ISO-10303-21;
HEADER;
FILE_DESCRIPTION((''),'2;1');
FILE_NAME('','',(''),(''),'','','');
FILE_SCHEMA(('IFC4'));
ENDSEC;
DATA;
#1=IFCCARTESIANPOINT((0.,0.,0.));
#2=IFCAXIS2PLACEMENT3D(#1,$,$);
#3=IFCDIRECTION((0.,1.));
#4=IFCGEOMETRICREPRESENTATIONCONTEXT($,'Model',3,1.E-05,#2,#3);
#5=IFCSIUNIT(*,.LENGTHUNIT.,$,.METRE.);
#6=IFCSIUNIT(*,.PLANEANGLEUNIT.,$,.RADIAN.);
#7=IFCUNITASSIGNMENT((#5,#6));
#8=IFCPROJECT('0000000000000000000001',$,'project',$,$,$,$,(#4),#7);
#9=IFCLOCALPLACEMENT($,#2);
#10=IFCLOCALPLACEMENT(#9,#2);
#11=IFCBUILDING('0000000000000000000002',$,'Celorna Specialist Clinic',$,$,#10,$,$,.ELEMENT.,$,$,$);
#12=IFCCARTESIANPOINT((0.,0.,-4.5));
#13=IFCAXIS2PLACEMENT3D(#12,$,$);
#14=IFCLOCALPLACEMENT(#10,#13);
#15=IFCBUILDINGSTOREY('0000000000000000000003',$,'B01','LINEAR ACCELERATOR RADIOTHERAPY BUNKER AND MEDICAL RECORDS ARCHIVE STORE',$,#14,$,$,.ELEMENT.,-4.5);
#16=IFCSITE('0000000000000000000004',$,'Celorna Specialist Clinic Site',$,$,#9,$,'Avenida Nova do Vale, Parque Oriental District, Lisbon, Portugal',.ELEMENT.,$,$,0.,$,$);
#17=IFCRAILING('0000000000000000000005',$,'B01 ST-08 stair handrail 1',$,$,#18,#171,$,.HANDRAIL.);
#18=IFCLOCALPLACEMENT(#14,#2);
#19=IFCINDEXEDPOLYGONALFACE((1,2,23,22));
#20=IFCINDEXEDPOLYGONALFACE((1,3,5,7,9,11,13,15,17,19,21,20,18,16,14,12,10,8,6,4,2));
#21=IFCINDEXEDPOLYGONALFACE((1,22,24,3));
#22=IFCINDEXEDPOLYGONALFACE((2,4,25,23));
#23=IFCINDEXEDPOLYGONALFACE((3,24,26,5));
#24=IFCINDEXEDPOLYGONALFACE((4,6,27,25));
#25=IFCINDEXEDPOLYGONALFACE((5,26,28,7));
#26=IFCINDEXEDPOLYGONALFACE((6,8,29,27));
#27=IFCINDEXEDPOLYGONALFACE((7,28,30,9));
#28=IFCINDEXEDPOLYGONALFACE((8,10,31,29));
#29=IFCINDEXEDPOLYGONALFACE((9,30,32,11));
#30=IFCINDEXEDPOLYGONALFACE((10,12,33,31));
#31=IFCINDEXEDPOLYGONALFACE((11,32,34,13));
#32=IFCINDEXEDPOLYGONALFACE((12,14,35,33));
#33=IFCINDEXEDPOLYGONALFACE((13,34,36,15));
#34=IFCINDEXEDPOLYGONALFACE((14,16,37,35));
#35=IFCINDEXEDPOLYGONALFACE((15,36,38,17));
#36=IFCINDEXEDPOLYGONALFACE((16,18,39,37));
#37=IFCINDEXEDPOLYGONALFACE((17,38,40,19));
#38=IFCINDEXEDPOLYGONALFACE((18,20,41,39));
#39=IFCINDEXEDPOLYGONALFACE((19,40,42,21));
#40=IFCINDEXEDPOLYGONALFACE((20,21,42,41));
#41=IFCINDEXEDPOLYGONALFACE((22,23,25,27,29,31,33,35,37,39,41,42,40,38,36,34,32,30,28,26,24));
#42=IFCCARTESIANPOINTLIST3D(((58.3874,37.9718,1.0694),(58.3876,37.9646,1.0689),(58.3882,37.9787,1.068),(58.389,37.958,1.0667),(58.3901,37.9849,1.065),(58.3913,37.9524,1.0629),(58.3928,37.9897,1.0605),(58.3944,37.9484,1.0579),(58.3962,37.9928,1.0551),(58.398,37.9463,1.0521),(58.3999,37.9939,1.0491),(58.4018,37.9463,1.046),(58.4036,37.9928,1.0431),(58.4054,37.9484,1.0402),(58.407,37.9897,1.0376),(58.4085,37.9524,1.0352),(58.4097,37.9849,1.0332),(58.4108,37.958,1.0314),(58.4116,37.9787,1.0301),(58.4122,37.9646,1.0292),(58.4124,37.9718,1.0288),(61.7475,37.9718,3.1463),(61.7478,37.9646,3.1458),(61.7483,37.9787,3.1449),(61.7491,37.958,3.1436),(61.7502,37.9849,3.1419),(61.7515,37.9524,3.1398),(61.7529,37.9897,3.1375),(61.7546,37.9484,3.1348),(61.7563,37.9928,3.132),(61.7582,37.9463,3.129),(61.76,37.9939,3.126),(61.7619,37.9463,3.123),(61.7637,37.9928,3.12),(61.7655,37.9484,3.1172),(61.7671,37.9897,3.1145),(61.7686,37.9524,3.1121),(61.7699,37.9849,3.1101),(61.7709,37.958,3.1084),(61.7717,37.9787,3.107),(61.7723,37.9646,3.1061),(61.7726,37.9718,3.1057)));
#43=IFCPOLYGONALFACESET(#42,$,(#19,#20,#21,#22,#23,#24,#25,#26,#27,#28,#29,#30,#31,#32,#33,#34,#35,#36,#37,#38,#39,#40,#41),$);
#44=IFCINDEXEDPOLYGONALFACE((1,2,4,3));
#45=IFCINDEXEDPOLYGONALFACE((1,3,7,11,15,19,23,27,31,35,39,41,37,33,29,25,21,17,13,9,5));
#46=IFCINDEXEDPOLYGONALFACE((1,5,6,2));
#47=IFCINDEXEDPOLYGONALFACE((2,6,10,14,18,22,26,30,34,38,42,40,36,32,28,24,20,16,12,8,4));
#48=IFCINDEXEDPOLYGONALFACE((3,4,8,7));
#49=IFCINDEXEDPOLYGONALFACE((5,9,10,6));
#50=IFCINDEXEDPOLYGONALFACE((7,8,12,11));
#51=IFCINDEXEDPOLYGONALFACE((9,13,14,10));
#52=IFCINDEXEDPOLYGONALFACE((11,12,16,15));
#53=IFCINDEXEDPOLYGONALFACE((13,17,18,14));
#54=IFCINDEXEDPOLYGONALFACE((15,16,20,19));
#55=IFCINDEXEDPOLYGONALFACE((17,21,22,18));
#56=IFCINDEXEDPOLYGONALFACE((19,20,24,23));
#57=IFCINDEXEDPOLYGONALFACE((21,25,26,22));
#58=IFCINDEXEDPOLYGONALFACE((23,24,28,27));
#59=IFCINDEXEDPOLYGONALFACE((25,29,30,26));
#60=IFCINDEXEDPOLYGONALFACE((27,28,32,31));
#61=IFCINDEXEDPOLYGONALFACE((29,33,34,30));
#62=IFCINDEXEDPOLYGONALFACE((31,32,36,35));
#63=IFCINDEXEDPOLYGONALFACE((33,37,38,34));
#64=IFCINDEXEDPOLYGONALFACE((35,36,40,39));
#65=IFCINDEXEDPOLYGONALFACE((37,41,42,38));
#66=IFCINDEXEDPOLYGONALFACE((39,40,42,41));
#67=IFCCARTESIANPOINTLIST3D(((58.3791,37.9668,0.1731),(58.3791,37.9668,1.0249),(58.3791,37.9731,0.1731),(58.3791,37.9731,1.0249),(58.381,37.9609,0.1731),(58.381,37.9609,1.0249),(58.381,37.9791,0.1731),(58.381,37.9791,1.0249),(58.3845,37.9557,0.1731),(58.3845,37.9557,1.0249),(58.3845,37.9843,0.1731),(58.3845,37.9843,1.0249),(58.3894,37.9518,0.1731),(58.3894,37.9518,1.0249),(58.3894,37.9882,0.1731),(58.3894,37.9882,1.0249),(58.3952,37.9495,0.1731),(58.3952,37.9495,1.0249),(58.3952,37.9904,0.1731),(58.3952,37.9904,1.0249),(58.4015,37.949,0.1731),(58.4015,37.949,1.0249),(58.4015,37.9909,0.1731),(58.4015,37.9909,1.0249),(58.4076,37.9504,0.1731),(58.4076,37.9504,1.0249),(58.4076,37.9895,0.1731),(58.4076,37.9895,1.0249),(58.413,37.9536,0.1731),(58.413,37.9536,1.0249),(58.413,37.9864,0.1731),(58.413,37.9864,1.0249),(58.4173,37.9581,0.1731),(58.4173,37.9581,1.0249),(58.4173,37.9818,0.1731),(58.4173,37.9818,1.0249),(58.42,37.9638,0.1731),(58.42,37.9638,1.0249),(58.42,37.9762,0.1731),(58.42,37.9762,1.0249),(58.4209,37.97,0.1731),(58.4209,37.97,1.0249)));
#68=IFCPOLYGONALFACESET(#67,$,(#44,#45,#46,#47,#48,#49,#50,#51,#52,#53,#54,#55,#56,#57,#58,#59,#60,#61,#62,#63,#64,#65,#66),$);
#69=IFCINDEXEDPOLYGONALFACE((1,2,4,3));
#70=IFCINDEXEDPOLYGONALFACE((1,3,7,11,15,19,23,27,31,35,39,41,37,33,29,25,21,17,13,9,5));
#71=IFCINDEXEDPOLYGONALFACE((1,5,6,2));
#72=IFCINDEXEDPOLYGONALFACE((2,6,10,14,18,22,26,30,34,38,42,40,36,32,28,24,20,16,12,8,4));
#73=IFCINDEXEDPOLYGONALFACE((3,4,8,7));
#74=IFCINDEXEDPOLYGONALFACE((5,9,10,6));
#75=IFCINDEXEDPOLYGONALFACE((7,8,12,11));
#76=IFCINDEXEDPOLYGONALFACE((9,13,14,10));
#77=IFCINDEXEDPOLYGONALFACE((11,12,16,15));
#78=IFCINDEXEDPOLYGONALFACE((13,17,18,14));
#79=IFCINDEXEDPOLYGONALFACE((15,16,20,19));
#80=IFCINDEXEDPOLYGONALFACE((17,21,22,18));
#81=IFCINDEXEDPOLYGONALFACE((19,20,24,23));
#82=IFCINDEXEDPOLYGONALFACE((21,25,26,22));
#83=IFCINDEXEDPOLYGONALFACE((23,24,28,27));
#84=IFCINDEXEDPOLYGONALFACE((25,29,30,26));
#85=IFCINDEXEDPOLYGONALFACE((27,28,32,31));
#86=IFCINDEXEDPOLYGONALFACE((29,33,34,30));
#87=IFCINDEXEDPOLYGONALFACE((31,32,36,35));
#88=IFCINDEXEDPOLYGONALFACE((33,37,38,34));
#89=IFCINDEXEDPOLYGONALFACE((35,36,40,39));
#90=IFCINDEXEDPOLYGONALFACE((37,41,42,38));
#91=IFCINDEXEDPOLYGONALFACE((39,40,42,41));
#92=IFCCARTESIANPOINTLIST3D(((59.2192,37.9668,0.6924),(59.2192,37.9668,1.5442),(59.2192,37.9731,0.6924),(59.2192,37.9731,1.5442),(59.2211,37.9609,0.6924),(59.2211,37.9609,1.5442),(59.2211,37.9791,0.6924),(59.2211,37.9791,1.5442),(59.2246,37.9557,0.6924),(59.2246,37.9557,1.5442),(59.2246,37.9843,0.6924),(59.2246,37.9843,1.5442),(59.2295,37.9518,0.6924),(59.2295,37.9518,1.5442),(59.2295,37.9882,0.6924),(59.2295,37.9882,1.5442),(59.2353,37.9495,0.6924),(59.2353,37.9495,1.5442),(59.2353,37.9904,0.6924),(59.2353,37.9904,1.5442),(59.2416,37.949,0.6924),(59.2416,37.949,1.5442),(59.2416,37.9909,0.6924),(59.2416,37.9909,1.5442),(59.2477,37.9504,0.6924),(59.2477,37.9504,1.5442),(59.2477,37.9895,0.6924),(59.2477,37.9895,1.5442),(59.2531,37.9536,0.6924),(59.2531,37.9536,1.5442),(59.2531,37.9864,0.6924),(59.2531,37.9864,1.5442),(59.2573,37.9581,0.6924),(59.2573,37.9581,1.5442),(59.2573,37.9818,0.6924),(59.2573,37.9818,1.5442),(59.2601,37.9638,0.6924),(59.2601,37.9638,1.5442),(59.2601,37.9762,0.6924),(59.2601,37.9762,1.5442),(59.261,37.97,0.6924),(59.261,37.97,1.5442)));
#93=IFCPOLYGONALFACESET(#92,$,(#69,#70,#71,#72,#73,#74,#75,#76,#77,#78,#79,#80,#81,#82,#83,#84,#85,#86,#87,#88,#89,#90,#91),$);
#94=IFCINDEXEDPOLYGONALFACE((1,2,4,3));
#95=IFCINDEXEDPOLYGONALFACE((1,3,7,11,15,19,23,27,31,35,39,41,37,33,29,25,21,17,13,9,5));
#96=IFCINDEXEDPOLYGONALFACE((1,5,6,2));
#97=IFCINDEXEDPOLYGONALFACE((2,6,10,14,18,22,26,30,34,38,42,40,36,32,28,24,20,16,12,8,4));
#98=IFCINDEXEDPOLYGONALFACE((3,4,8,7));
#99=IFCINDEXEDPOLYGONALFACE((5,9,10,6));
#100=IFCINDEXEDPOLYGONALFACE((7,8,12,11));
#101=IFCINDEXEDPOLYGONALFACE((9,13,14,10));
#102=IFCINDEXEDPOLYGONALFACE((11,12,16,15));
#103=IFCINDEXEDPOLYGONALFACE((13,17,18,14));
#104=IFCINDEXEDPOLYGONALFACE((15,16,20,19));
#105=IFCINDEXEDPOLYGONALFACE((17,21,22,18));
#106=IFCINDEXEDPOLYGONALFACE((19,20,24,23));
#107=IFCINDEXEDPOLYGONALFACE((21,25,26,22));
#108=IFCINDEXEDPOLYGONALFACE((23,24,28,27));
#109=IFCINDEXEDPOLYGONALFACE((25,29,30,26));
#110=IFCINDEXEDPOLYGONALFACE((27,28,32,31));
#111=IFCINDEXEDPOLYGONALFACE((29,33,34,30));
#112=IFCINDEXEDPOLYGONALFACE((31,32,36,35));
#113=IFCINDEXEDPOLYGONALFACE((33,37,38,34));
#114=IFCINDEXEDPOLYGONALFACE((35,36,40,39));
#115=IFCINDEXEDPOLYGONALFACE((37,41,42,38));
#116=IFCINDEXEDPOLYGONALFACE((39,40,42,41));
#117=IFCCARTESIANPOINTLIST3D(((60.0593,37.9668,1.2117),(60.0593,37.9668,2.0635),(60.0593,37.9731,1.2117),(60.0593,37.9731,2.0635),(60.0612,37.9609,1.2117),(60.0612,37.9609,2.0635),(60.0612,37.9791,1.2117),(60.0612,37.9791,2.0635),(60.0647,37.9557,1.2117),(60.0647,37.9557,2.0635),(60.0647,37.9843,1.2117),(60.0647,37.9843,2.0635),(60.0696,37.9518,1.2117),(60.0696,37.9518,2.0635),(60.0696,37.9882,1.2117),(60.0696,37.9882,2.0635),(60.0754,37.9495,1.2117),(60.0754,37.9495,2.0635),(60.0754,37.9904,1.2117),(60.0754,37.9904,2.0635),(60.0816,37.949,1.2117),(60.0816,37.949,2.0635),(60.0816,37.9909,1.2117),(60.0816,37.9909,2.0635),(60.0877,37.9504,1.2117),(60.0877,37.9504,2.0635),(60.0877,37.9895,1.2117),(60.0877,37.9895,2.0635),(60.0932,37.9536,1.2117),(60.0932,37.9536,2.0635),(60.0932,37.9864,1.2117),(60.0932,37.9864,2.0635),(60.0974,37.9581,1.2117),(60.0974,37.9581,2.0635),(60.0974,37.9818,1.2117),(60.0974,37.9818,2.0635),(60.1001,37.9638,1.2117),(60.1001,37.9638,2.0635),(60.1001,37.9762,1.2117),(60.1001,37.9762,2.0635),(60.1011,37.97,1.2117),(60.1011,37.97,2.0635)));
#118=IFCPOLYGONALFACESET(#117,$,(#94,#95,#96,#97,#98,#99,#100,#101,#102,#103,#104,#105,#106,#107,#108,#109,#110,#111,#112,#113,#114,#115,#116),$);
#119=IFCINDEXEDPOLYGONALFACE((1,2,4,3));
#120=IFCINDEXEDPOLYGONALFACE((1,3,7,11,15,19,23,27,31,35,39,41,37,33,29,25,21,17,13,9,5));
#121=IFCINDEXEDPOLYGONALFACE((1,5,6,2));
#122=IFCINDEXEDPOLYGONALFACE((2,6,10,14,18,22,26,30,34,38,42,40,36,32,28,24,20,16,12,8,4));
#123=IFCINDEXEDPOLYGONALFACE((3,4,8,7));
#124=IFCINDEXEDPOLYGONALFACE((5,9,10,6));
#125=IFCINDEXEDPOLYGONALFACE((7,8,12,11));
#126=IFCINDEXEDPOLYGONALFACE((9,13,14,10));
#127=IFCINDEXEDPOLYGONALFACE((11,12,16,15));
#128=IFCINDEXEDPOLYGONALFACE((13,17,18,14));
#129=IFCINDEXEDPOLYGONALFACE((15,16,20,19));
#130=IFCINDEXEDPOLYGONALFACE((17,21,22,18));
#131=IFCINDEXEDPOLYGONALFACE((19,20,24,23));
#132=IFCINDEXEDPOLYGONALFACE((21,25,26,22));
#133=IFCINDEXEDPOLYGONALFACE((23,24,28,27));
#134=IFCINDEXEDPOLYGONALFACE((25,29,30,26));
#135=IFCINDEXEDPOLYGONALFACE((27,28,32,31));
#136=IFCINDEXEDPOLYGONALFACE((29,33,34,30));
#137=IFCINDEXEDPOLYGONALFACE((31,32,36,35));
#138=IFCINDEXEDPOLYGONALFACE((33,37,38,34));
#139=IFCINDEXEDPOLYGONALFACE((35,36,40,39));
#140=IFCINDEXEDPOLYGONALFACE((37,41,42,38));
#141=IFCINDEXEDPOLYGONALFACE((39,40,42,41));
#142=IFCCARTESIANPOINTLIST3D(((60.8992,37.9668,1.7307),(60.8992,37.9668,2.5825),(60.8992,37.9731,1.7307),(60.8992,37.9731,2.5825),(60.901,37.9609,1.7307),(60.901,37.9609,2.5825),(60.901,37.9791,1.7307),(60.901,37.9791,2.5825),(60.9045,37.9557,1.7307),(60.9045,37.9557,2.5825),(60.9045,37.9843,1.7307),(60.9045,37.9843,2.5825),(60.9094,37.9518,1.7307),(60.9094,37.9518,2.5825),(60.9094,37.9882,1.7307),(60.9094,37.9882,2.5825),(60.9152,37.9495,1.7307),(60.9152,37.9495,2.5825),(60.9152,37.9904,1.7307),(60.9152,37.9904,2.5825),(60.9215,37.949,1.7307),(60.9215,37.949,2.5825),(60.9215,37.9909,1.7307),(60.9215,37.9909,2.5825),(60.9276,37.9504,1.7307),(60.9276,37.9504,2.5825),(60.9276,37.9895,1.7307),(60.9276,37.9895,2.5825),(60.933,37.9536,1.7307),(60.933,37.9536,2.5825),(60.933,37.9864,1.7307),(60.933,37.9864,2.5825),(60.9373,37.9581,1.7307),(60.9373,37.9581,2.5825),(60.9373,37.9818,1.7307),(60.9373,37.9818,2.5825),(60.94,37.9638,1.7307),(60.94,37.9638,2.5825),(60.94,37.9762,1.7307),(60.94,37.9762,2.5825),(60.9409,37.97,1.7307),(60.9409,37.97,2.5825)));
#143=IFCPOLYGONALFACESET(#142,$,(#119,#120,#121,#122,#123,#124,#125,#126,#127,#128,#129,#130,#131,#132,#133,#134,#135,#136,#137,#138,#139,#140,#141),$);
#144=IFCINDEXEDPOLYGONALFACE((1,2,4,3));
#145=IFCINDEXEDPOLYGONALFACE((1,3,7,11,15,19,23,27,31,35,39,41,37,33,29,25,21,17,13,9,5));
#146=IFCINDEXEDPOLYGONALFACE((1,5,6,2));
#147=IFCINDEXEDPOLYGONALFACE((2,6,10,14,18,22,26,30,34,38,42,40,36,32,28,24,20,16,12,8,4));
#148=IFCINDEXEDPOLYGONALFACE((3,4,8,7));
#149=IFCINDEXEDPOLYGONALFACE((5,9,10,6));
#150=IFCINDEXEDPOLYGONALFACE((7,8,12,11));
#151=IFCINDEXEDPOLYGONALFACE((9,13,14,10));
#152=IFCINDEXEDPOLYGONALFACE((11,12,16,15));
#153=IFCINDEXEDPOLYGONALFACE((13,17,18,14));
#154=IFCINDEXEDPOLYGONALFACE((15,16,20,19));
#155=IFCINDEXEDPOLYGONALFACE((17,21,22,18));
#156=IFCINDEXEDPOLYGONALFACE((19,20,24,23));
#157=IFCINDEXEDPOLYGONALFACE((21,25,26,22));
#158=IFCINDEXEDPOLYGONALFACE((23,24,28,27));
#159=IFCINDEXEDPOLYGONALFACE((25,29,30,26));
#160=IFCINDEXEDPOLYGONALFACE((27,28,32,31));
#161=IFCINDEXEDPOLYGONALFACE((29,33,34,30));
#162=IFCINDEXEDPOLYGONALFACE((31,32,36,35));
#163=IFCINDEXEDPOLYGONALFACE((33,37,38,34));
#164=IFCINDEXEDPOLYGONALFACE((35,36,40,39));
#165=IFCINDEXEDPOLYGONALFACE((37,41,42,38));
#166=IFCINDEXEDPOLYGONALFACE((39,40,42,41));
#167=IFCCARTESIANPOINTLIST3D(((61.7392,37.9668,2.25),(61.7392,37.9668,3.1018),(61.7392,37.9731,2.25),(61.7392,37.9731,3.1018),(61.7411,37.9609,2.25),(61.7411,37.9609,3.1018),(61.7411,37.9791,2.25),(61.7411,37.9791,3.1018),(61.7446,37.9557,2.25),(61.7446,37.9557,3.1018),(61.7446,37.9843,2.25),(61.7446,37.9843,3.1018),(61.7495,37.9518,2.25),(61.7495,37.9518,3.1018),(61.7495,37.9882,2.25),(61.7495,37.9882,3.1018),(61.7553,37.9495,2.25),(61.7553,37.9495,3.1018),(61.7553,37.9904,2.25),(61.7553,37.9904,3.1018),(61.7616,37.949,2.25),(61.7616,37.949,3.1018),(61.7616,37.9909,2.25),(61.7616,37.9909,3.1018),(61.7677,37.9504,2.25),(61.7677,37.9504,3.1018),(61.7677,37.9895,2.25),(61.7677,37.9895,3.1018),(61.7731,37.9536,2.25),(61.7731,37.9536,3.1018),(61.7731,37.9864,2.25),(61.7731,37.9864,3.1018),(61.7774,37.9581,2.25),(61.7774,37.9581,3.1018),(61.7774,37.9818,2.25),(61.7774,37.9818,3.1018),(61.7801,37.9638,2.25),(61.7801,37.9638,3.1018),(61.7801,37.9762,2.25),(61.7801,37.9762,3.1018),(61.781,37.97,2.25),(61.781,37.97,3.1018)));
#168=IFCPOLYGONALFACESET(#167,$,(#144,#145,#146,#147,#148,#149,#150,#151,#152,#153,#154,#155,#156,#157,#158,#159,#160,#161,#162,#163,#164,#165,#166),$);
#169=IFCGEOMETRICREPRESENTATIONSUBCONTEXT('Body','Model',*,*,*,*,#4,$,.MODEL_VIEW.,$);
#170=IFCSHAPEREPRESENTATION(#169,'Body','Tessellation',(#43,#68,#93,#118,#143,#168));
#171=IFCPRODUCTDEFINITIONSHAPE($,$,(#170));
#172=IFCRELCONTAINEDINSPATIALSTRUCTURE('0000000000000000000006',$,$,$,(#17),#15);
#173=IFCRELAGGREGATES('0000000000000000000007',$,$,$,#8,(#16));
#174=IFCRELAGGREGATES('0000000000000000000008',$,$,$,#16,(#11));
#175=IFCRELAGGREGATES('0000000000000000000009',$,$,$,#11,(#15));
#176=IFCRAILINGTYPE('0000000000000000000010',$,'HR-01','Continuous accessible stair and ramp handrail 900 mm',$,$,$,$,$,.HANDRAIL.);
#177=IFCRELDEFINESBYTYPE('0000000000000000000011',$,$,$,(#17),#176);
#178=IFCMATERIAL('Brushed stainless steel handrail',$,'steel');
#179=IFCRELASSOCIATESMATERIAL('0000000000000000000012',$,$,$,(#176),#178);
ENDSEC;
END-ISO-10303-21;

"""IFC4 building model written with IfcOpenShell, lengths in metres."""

from ifc_helpers import new_model, si_unit, direction, frame, origin, origin_2d, place, context, subcontext, project, spatial, circle, extrude, material, type_object, element, save


model = new_model("IFC4")

# Units and contexts
model_context = context("Model", 3, precision=1e-05, world=origin(), true_north=direction((0.0, 1.0)))
body_context = subcontext(model_context, "Body", "Model", "MODEL_VIEW")
ifc_project = project(units=[si_unit("LENGTHUNIT", "METRE"), si_unit("PLANEANGLEUNIT", "RADIAN")], contexts=[model_context])

# Site, building, storey
site_placement = place(None, origin())
site = spatial("IfcSite", under=ifc_project, at=site_placement, Name="Celorna Specialist Clinic Site", LongName="Avenida Nova do Vale, Parque Oriental District, Lisbon, Portugal", CompositionType="ELEMENT", RefElevation=0.0)
building_placement = place(site_placement, origin())
building = spatial("IfcBuilding", under=site, at=building_placement, Name="Celorna Specialist Clinic", CompositionType="ELEMENT")
storey_placement = place(building_placement, frame((0.0, 0.0, -4.5)))
storey = spatial("IfcBuildingStorey", under=building, at=storey_placement, Name="B01", Description="LINEAR ACCELERATOR RADIOTHERAPY BUNKER AND MEDICAL RECORDS ARCHIVE STORE", CompositionType="ELEMENT", Elevation=-4.5)

# Railing
ifc_material_1 = material(Name="Brushed stainless steel handrail", Category="steel")
railing_type_1 = type_object("IfcRailingType", Name="HR-01", Description="Continuous accessible stair and ramp handrail 900 mm", PredefinedType="HANDRAIL", material=ifc_material_1)
railing_1_placement = place(storey_placement, frame((58.3999, 37.97, 0.1731)))
element("IfcRailing", 1, at=railing_1_placement, inside=storey, type_object=railing_type_1, Name="B01 ST-08 stair handrail 1", PredefinedType="HANDRAIL", context=body_context, shape_type="SweptSolid", body=[
    extrude(circle(Radius=0.0239, at=origin_2d()), frame((0.0, 0.0, 0.876), z_axis=(0.850623, 0.0, 0.525776), x_axis=(0.0, 1.0, 0.0)), (0.0, 0.0, 1.0), 3.9502),
    extrude(circle(Radius=0.021, at=origin_2d()), origin(), (0.0, 0.0, 1.0), 0.8518),
    extrude(circle(Radius=0.021, at=origin_2d()), frame((0.8401, 0.0, 0.5193)), (0.0, 0.0, 1.0), 0.8518),
    extrude(circle(Radius=0.021, at=origin_2d()), frame((1.6802, 0.0, 1.0386)), (0.0, 0.0, 1.0), 0.8518),
    extrude(circle(Radius=0.021, at=origin_2d()), frame((2.52, 0.0, 1.5576)), (0.0, 0.0, 1.0), 0.8518),
    extrude(circle(Radius=0.021, at=origin_2d()), frame((3.3601, 0.0, 2.0769)), (0.0, 0.0, 1.0), 0.8518),
])

save(model, "model.ifc")
